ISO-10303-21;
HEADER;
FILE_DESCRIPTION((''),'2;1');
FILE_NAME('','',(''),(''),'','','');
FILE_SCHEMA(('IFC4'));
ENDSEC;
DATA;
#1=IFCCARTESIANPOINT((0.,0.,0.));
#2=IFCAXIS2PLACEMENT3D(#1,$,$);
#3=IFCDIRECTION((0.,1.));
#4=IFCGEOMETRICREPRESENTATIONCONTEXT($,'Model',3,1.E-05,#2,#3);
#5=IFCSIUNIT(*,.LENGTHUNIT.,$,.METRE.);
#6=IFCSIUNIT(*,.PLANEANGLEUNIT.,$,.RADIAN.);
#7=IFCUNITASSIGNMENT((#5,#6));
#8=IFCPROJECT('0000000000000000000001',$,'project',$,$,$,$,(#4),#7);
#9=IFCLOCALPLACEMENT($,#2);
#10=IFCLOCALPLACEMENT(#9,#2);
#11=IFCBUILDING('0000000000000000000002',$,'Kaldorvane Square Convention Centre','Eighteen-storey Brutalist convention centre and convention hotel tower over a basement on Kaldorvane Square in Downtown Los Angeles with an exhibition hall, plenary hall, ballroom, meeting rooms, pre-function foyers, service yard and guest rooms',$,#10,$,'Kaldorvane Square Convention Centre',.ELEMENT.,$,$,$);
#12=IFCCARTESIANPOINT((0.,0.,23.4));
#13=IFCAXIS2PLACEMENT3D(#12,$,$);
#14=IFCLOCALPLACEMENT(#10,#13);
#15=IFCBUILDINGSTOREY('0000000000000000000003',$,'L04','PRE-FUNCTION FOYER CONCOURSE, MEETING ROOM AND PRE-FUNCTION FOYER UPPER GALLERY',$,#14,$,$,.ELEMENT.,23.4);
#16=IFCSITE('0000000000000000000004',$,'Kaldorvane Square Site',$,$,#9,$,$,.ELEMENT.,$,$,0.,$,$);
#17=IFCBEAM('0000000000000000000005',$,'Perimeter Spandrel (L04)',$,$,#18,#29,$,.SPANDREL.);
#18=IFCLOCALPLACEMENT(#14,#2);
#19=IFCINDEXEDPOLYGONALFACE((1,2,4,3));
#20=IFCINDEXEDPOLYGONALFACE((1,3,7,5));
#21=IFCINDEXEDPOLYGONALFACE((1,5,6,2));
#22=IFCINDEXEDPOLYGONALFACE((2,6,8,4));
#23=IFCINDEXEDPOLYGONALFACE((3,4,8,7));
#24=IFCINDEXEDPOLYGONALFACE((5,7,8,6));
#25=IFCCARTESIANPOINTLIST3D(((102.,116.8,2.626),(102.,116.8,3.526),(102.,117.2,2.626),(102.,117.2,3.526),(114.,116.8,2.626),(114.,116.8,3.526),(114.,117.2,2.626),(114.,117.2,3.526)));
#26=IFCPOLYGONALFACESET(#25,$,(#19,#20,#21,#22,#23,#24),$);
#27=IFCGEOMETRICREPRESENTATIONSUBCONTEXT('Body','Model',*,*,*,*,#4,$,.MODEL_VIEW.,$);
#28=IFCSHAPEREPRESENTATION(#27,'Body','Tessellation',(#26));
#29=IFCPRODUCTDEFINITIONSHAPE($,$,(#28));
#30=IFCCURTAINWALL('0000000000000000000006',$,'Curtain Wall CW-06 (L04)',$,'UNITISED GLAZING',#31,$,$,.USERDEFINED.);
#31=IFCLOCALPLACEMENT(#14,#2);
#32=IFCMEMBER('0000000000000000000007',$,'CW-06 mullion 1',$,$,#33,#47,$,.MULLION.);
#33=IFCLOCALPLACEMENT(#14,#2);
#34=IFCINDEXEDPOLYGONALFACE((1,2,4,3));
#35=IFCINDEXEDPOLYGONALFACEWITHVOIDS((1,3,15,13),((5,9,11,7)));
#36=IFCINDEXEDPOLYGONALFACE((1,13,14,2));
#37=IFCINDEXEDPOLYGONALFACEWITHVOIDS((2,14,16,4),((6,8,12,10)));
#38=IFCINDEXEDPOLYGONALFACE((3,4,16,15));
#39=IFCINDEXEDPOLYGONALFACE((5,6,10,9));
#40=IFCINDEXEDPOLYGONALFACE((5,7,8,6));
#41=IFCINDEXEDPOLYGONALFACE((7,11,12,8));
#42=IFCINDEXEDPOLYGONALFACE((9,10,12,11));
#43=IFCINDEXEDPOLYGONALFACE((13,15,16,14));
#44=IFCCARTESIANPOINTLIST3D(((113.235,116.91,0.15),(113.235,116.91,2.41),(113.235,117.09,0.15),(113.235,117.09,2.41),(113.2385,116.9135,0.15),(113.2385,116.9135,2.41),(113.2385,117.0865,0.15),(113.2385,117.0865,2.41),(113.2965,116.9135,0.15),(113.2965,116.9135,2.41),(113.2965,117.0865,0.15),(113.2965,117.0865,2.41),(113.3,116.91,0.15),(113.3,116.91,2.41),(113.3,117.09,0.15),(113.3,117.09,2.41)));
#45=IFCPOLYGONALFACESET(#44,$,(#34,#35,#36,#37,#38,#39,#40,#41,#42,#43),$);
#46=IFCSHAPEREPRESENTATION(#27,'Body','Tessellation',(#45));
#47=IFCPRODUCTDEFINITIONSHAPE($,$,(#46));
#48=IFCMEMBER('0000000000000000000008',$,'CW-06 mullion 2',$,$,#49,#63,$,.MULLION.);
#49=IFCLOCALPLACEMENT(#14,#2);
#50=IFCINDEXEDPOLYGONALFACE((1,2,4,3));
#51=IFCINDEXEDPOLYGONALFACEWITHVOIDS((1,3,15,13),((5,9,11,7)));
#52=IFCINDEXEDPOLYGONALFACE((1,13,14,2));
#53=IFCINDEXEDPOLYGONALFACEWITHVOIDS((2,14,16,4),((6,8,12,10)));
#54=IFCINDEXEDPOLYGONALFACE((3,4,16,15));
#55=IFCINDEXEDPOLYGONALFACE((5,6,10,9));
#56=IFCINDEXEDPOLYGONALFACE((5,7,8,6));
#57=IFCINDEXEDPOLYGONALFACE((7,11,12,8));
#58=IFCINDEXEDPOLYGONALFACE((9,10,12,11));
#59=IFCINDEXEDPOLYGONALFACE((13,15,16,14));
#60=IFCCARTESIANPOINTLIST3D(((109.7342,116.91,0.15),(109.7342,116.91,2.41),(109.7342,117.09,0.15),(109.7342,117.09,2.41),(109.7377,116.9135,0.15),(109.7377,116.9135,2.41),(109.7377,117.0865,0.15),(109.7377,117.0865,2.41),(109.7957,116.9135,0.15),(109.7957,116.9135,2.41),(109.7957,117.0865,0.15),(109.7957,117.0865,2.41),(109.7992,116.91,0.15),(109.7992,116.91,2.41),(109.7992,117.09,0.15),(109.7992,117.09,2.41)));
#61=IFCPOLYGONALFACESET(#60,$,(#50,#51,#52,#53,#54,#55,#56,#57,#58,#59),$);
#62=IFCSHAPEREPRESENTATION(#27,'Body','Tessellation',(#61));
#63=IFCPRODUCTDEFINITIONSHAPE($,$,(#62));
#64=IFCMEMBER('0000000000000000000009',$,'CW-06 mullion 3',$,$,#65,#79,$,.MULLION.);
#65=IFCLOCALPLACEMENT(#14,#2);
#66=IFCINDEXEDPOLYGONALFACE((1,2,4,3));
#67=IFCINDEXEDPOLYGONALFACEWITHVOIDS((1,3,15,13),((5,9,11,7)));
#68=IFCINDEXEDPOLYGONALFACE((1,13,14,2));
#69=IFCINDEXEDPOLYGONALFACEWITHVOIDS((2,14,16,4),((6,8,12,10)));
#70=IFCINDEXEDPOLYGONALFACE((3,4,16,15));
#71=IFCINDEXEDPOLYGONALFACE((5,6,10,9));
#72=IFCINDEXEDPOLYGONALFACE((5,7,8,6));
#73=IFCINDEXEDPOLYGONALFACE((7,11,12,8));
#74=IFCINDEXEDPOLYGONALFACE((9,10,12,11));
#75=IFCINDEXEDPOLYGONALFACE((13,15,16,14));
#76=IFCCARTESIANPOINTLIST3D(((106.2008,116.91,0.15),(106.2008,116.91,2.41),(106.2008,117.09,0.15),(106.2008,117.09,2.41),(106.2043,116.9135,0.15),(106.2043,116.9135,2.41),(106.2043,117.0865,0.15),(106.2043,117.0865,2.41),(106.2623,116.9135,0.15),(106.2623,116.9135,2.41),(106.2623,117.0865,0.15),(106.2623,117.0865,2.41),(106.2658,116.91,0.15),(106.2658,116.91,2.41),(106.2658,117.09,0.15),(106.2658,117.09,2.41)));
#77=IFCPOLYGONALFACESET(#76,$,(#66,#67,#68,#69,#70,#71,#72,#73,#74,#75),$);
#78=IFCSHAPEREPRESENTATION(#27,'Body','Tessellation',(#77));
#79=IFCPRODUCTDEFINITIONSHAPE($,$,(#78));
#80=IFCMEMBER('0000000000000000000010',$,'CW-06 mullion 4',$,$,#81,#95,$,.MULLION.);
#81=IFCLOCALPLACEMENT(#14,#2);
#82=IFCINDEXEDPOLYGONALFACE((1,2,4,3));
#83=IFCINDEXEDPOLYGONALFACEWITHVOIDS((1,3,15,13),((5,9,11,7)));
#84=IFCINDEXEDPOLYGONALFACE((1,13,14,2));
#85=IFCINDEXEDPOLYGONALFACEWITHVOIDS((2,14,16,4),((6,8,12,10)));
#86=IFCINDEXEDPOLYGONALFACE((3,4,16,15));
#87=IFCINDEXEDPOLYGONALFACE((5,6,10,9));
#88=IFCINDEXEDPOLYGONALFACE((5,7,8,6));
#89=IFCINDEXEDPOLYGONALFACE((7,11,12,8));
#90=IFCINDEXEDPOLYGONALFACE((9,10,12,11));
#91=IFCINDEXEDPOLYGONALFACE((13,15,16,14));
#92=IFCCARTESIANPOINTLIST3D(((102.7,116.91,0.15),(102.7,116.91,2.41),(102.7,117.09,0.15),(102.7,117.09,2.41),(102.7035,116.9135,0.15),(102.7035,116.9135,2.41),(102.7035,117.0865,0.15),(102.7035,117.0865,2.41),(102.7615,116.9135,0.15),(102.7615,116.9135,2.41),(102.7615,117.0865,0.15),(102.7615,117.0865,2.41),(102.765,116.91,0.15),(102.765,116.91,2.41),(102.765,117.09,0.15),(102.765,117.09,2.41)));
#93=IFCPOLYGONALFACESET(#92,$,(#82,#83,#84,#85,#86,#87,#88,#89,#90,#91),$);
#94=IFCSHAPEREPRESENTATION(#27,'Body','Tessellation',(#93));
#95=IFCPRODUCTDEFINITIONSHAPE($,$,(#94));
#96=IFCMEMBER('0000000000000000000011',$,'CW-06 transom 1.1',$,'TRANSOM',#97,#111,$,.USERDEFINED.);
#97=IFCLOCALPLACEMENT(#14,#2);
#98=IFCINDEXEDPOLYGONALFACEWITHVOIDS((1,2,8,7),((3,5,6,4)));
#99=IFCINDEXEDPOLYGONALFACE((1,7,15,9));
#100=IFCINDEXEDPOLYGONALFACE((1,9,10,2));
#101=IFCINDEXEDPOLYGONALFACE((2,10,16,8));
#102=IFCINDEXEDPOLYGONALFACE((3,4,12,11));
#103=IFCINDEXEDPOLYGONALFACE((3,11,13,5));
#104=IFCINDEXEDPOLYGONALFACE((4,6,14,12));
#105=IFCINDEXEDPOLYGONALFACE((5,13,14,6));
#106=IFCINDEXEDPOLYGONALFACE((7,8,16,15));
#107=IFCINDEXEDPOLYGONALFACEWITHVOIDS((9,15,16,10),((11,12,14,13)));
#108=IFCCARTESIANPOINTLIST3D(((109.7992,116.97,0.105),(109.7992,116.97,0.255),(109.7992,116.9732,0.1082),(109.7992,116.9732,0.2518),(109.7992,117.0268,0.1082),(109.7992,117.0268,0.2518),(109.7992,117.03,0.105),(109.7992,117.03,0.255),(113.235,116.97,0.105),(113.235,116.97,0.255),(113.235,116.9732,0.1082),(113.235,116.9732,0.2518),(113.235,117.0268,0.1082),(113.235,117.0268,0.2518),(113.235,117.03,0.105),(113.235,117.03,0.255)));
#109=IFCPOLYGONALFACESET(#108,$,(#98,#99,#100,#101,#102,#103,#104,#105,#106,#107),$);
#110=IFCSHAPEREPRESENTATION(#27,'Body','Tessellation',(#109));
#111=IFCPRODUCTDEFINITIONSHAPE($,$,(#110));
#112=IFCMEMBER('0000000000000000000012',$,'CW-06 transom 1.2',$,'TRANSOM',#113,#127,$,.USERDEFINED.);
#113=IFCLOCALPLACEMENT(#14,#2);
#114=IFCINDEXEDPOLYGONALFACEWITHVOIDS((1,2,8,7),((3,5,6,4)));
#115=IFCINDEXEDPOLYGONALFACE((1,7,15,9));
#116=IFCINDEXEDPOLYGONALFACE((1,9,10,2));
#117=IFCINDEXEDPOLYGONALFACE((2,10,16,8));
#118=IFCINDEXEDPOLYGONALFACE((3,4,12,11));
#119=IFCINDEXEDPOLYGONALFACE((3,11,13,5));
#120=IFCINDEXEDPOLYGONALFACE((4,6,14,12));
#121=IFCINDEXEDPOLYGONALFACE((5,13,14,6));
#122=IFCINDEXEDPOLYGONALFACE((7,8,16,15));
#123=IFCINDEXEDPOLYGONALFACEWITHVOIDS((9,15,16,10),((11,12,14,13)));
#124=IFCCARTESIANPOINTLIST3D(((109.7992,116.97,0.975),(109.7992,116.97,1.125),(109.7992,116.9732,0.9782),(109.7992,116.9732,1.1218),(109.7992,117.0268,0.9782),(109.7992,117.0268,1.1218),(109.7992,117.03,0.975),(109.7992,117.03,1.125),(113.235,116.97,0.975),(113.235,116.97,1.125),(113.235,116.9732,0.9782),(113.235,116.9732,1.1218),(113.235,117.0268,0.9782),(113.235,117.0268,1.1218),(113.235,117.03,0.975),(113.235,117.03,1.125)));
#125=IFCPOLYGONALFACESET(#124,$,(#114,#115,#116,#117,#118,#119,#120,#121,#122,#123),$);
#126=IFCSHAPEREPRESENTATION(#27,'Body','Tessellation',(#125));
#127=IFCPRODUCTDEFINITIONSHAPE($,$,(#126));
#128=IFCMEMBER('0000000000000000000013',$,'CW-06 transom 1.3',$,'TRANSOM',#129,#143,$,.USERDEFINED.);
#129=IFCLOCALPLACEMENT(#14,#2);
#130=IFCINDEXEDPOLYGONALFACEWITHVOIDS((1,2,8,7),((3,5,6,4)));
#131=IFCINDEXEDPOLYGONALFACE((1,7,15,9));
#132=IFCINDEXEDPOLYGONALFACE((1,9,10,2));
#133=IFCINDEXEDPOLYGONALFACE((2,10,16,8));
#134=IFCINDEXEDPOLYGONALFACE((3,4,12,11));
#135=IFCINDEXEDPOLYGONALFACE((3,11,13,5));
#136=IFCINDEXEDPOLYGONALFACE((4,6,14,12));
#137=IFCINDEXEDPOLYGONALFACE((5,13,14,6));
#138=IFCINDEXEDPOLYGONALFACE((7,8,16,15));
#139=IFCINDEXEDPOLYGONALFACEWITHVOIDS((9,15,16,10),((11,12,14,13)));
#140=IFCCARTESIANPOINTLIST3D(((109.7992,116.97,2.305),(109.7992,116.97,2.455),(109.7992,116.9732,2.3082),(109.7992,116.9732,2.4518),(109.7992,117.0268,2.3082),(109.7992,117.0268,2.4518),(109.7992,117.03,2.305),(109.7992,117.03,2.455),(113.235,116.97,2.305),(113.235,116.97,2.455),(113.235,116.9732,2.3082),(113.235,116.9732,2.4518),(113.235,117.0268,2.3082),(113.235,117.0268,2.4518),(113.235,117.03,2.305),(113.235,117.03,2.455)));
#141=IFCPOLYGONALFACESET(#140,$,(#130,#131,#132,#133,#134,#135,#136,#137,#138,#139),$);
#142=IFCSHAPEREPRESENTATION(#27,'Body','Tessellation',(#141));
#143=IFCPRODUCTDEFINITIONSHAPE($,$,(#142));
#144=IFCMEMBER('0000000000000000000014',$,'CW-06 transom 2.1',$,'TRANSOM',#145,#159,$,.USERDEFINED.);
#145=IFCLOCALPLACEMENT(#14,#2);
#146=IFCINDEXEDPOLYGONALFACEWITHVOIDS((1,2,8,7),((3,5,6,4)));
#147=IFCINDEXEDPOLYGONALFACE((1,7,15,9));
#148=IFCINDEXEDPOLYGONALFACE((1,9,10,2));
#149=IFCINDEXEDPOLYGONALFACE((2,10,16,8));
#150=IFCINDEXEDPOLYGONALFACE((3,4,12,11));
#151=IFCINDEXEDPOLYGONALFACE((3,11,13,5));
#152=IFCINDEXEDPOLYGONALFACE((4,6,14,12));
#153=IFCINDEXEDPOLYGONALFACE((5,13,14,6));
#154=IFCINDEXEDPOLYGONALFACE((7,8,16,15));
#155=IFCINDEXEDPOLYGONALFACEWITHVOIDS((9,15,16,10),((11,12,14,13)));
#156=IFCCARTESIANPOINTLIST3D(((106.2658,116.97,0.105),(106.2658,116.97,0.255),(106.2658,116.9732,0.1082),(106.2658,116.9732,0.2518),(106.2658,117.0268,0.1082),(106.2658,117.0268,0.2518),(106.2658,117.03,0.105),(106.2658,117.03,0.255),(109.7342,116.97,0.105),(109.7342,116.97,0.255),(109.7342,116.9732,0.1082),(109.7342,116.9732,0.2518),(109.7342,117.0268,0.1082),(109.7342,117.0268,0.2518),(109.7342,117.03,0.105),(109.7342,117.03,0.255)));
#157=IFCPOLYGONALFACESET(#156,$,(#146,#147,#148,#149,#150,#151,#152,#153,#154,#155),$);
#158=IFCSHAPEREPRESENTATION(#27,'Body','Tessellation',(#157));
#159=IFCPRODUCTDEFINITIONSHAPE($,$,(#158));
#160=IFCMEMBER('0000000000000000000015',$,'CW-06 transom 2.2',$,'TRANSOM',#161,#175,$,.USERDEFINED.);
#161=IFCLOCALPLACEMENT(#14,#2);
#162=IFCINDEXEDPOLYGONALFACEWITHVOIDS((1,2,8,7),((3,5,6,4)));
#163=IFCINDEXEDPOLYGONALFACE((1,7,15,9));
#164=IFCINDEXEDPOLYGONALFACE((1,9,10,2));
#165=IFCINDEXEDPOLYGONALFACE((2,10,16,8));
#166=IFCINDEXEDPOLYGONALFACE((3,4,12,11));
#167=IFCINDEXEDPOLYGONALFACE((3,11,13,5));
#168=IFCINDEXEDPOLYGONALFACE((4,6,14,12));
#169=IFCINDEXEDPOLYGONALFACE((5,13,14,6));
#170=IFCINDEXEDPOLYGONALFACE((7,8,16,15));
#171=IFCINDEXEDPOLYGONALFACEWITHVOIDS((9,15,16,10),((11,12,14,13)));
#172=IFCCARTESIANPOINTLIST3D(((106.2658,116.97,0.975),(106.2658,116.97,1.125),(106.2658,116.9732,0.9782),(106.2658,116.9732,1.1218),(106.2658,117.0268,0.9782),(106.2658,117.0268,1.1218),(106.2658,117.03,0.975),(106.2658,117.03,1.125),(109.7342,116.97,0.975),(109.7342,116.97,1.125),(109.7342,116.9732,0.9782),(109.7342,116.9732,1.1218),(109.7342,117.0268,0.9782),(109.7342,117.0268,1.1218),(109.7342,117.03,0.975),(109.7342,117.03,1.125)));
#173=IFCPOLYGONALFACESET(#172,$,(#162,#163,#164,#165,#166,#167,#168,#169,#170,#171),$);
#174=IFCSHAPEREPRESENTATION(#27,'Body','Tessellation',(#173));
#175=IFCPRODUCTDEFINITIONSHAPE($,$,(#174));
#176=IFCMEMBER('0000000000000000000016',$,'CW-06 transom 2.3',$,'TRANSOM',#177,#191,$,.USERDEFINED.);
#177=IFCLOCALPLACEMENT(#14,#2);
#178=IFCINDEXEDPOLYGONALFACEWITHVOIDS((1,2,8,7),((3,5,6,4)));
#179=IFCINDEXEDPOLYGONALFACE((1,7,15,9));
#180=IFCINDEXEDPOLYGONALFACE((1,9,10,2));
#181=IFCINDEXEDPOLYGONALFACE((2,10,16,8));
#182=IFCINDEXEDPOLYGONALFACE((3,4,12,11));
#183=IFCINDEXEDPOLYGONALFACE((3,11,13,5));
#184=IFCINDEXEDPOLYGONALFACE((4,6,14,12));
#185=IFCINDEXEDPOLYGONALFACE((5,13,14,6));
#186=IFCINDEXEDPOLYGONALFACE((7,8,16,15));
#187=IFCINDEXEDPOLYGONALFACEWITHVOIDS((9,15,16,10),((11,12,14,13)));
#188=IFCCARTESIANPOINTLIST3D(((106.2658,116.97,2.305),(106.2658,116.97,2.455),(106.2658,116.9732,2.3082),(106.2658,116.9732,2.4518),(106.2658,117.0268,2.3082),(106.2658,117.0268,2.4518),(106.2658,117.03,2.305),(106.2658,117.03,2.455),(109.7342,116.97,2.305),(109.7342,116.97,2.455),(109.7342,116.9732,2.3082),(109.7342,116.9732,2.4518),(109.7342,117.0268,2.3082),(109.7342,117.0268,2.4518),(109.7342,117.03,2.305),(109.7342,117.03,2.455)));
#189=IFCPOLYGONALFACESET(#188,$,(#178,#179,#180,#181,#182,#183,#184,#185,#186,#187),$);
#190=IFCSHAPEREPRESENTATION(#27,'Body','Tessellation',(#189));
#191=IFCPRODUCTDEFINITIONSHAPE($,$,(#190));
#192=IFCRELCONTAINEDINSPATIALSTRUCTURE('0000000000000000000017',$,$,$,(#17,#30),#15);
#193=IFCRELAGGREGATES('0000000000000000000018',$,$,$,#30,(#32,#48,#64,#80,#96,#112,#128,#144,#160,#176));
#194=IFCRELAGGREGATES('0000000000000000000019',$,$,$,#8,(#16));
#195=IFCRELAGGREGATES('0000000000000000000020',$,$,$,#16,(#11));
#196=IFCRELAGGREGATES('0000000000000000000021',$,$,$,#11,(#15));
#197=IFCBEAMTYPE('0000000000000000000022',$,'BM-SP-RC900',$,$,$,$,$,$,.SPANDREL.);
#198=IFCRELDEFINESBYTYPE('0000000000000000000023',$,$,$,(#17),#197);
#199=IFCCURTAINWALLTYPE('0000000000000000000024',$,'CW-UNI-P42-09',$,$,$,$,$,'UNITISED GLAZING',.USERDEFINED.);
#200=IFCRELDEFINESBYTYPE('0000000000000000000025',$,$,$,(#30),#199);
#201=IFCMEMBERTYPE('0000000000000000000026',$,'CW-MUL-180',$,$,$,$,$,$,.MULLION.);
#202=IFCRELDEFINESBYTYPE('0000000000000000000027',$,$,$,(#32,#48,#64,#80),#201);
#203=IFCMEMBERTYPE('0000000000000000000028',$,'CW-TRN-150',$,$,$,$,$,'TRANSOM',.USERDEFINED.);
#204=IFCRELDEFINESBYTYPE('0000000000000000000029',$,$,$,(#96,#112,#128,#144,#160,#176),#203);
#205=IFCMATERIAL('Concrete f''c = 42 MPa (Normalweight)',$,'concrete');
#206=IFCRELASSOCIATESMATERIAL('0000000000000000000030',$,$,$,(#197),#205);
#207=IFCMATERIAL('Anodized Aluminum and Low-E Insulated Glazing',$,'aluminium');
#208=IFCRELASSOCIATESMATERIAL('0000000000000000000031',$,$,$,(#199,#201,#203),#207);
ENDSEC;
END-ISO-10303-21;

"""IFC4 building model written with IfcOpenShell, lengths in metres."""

from ifc_helpers import new_model, si_unit, direction, frame, origin, origin_2d, place, context, subcontext, project, spatial, rectangle, hollow_rectangle, extrude, material, material_profile, profile_set, type_object, element, aggregate, save


model = new_model("IFC4")

# Units and contexts
model_context = context("Model", 3, precision=1e-05, world=origin(), true_north=direction((0.0, 1.0)))
body_context = subcontext(model_context, "Body", "Model", "MODEL_VIEW")
ifc_project = project(units=[si_unit("LENGTHUNIT", "METRE"), si_unit("PLANEANGLEUNIT", "RADIAN")], contexts=[model_context])

# Site, building, storey
site_placement = place(None, origin())
site = spatial("IfcSite", under=ifc_project, at=site_placement, Name="Kaldorvane Square Site", CompositionType="ELEMENT", RefElevation=0.0)
building_placement = place(site_placement, origin())
building = spatial("IfcBuilding", under=site, at=building_placement, Name="Kaldorvane Square Convention Centre", Description="Eighteen-storey Brutalist convention centre and convention hotel tower over a basement on Kaldorvane Square in Downtown Los Angeles with an exhibition hall, plenary hall, ballroom, meeting rooms, pre-function foyers, service yard and guest rooms", LongName="Kaldorvane Square Convention Centre", CompositionType="ELEMENT")
storey_placement = place(building_placement, frame((0.0, 0.0, 23.4)))
storey = spatial("IfcBuildingStorey", under=building, at=storey_placement, Name="L04", Description="PRE-FUNCTION FOYER CONCOURSE, MEETING ROOM AND PRE-FUNCTION FOYER UPPER GALLERY", CompositionType="ELEMENT", Elevation=23.4)

# Beam
ifc_material_1 = material(Name="Concrete f'c = 42 MPa (Normalweight)", Category="concrete")
ifc_material_profile_1 = material_profile(ifc_material_1, rectangle(XDim=0.4, YDim=0.9, at=origin_2d()), Name="RCSP900X400")
ifc_profile_set_1 = profile_set([ifc_material_profile_1], Name="Concrete f'c = 42 MPa (Normalweight)")
beam_type_1 = type_object("IfcBeamType", Name="BM-SP-RC900", PredefinedType="SPANDREL", material=ifc_profile_set_1)
beam_1_placement = place(storey_placement, frame((102.0, 117.0, 3.076), z_axis=(1.0, 0.0, 0.0), x_axis=(0.0, 1.0, 0.0)))
element("IfcBeam", 1, at=beam_1_placement, inside=storey, type_object=beam_type_1, Name="Perimeter Spandrel (L04)", PredefinedType="SPANDREL", context=body_context, shape_type="SweptSolid", body=[
    extrude(rectangle(XDim=0.4, YDim=0.9, at=origin_2d()), origin(), (0.0, 0.0, 1.0), 12.0),
])

# Curtain wall, members
ifc_material_2 = material(Name="Anodized Aluminum and Low-E Insulated Glazing", Category="aluminium")
curtain_wall_type = type_object("IfcCurtainWallType", Name="CW-UNI-P42-09", ElementType="UNITISED GLAZING", PredefinedType="USERDEFINED", material=ifc_material_2)
curtain_wall_placement = place(storey_placement, origin())
curtain_wall = element("IfcCurtainWall", 2, at=curtain_wall_placement, inside=storey, type_object=curtain_wall_type, Name="Curtain Wall CW-06 (L04)", ObjectType="UNITISED GLAZING", PredefinedType="USERDEFINED")
ifc_material_profile_2 = material_profile(ifc_material_2, hollow_rectangle(XDim=0.065, YDim=0.18, WallThickness=0.0035, at=origin_2d()), Name="CWM-180X65")
ifc_profile_set_2 = profile_set([ifc_material_profile_2], Name="Anodized Aluminum and Low-E Insulated Glazing")
member_type_1 = type_object("IfcMemberType", Name="CW-MUL-180", PredefinedType="MULLION", material=ifc_profile_set_2)
member_1_placement = place(storey_placement, frame((113.2675, 117.0, 0.15), z_axis=(0.0, 0.0, 1.0), x_axis=(-1.0, 0.0, 0.0)))
member_1 = element("IfcMember", 3, at=member_1_placement, type_object=member_type_1, Name="CW-06 mullion 1", PredefinedType="MULLION", context=body_context, shape_type="SweptSolid", body=[
    extrude(hollow_rectangle(XDim=0.065, YDim=0.18, WallThickness=0.0035, at=origin_2d()), origin(), (0.0, 0.0, 1.0), 2.26),
])
member_2_placement = place(storey_placement, frame((109.7667, 117.0, 0.15), z_axis=(0.0, 0.0, 1.0), x_axis=(-1.0, 0.0, 0.0)))
member_2 = element("IfcMember", 4, at=member_2_placement, type_object=member_type_1, Name="CW-06 mullion 2", PredefinedType="MULLION", context=body_context, shape_type="SweptSolid", body=[
    extrude(hollow_rectangle(XDim=0.065, YDim=0.18, WallThickness=0.0035, at=origin_2d()), origin(), (0.0, 0.0, 1.0), 2.26),
])
member_3_placement = place(storey_placement, frame((106.2333, 117.0, 0.15), z_axis=(0.0, 0.0, 1.0), x_axis=(-1.0, 0.0, 0.0)))
member_3 = element("IfcMember", 5, at=member_3_placement, type_object=member_type_1, Name="CW-06 mullion 3", PredefinedType="MULLION", context=body_context, shape_type="SweptSolid", body=[
    extrude(hollow_rectangle(XDim=0.065, YDim=0.18, WallThickness=0.0035, at=origin_2d()), origin(), (0.0, 0.0, 1.0), 2.26),
])
member_4_placement = place(storey_placement, frame((102.7325, 117.0, 0.15), z_axis=(0.0, 0.0, 1.0), x_axis=(-1.0, 0.0, 0.0)))
member_4 = element("IfcMember", 6, at=member_4_placement, type_object=member_type_1, Name="CW-06 mullion 4", PredefinedType="MULLION", context=body_context, shape_type="SweptSolid", body=[
    extrude(hollow_rectangle(XDim=0.065, YDim=0.18, WallThickness=0.0035, at=origin_2d()), origin(), (0.0, 0.0, 1.0), 2.26),
])
ifc_material_profile_3 = material_profile(ifc_material_2, hollow_rectangle(XDim=0.06, YDim=0.15, WallThickness=0.0032, at=origin_2d()), Name="CWT-150X60")
ifc_profile_set_3 = profile_set([ifc_material_profile_3], Name="Anodized Aluminum and Low-E Insulated Glazing")
member_type_2 = type_object("IfcMemberType", Name="CW-TRN-150", ElementType="TRANSOM", PredefinedType="USERDEFINED", material=ifc_profile_set_3)
member_5_placement = place(storey_placement, frame((113.235, 117.0, 0.18), z_axis=(-1.0, 0.0, 0.0), x_axis=(0.0, -1.0, 0.0)))
member_5 = element("IfcMember", 7, at=member_5_placement, type_object=member_type_2, Name="CW-06 transom 1.1", ObjectType="TRANSOM", PredefinedType="USERDEFINED", context=body_context, shape_type="SweptSolid", body=[
    extrude(hollow_rectangle(XDim=0.06, YDim=0.15, WallThickness=0.0032, at=origin_2d()), origin(), (0.0, 0.0, 1.0), 3.4358),
])
member_6_placement = place(storey_placement, frame((113.235, 117.0, 1.05), z_axis=(-1.0, 0.0, 0.0), x_axis=(0.0, -1.0, 0.0)))
member_6 = element("IfcMember", 8, at=member_6_placement, type_object=member_type_2, Name="CW-06 transom 1.2", ObjectType="TRANSOM", PredefinedType="USERDEFINED", context=body_context, shape_type="SweptSolid", body=[
    extrude(hollow_rectangle(XDim=0.06, YDim=0.15, WallThickness=0.0032, at=origin_2d()), origin(), (0.0, 0.0, 1.0), 3.4358),
])
member_7_placement = place(storey_placement, frame((113.235, 117.0, 2.38), z_axis=(-1.0, 0.0, 0.0), x_axis=(0.0, -1.0, 0.0)))
member_7 = element("IfcMember", 9, at=member_7_placement, type_object=member_type_2, Name="CW-06 transom 1.3", ObjectType="TRANSOM", PredefinedType="USERDEFINED", context=body_context, shape_type="SweptSolid", body=[
    extrude(hollow_rectangle(XDim=0.06, YDim=0.15, WallThickness=0.0032, at=origin_2d()), origin(), (0.0, 0.0, 1.0), 3.4358),
])
member_8_placement = place(storey_placement, frame((109.7342, 117.0, 0.18), z_axis=(-1.0, 0.0, 0.0), x_axis=(0.0, -1.0, 0.0)))
member_8 = element("IfcMember", 10, at=member_8_placement, type_object=member_type_2, Name="CW-06 transom 2.1", ObjectType="TRANSOM", PredefinedType="USERDEFINED", context=body_context, shape_type="SweptSolid", body=[
    extrude(hollow_rectangle(XDim=0.06, YDim=0.15, WallThickness=0.0032, at=origin_2d()), origin(), (0.0, 0.0, 1.0), 3.4683),
])
member_9_placement = place(storey_placement, frame((109.7342, 117.0, 1.05), z_axis=(-1.0, 0.0, 0.0), x_axis=(0.0, -1.0, 0.0)))
member_9 = element("IfcMember", 11, at=member_9_placement, type_object=member_type_2, Name="CW-06 transom 2.2", ObjectType="TRANSOM", PredefinedType="USERDEFINED", context=body_context, shape_type="SweptSolid", body=[
    extrude(hollow_rectangle(XDim=0.06, YDim=0.15, WallThickness=0.0032, at=origin_2d()), origin(), (0.0, 0.0, 1.0), 3.4683),
])
member_10_placement = place(storey_placement, frame((109.7342, 117.0, 2.38), z_axis=(-1.0, 0.0, 0.0), x_axis=(0.0, -1.0, 0.0)))
member_10 = element("IfcMember", 12, at=member_10_placement, type_object=member_type_2, Name="CW-06 transom 2.3", ObjectType="TRANSOM", PredefinedType="USERDEFINED", context=body_context, shape_type="SweptSolid", body=[
    extrude(hollow_rectangle(XDim=0.06, YDim=0.15, WallThickness=0.0032, at=origin_2d()), origin(), (0.0, 0.0, 1.0), 3.4683),
])
aggregate(curtain_wall, [member_1, member_2, member_3, member_4, member_5, member_6, member_7, member_8, member_9, member_10])

save(model, "model.ifc")
